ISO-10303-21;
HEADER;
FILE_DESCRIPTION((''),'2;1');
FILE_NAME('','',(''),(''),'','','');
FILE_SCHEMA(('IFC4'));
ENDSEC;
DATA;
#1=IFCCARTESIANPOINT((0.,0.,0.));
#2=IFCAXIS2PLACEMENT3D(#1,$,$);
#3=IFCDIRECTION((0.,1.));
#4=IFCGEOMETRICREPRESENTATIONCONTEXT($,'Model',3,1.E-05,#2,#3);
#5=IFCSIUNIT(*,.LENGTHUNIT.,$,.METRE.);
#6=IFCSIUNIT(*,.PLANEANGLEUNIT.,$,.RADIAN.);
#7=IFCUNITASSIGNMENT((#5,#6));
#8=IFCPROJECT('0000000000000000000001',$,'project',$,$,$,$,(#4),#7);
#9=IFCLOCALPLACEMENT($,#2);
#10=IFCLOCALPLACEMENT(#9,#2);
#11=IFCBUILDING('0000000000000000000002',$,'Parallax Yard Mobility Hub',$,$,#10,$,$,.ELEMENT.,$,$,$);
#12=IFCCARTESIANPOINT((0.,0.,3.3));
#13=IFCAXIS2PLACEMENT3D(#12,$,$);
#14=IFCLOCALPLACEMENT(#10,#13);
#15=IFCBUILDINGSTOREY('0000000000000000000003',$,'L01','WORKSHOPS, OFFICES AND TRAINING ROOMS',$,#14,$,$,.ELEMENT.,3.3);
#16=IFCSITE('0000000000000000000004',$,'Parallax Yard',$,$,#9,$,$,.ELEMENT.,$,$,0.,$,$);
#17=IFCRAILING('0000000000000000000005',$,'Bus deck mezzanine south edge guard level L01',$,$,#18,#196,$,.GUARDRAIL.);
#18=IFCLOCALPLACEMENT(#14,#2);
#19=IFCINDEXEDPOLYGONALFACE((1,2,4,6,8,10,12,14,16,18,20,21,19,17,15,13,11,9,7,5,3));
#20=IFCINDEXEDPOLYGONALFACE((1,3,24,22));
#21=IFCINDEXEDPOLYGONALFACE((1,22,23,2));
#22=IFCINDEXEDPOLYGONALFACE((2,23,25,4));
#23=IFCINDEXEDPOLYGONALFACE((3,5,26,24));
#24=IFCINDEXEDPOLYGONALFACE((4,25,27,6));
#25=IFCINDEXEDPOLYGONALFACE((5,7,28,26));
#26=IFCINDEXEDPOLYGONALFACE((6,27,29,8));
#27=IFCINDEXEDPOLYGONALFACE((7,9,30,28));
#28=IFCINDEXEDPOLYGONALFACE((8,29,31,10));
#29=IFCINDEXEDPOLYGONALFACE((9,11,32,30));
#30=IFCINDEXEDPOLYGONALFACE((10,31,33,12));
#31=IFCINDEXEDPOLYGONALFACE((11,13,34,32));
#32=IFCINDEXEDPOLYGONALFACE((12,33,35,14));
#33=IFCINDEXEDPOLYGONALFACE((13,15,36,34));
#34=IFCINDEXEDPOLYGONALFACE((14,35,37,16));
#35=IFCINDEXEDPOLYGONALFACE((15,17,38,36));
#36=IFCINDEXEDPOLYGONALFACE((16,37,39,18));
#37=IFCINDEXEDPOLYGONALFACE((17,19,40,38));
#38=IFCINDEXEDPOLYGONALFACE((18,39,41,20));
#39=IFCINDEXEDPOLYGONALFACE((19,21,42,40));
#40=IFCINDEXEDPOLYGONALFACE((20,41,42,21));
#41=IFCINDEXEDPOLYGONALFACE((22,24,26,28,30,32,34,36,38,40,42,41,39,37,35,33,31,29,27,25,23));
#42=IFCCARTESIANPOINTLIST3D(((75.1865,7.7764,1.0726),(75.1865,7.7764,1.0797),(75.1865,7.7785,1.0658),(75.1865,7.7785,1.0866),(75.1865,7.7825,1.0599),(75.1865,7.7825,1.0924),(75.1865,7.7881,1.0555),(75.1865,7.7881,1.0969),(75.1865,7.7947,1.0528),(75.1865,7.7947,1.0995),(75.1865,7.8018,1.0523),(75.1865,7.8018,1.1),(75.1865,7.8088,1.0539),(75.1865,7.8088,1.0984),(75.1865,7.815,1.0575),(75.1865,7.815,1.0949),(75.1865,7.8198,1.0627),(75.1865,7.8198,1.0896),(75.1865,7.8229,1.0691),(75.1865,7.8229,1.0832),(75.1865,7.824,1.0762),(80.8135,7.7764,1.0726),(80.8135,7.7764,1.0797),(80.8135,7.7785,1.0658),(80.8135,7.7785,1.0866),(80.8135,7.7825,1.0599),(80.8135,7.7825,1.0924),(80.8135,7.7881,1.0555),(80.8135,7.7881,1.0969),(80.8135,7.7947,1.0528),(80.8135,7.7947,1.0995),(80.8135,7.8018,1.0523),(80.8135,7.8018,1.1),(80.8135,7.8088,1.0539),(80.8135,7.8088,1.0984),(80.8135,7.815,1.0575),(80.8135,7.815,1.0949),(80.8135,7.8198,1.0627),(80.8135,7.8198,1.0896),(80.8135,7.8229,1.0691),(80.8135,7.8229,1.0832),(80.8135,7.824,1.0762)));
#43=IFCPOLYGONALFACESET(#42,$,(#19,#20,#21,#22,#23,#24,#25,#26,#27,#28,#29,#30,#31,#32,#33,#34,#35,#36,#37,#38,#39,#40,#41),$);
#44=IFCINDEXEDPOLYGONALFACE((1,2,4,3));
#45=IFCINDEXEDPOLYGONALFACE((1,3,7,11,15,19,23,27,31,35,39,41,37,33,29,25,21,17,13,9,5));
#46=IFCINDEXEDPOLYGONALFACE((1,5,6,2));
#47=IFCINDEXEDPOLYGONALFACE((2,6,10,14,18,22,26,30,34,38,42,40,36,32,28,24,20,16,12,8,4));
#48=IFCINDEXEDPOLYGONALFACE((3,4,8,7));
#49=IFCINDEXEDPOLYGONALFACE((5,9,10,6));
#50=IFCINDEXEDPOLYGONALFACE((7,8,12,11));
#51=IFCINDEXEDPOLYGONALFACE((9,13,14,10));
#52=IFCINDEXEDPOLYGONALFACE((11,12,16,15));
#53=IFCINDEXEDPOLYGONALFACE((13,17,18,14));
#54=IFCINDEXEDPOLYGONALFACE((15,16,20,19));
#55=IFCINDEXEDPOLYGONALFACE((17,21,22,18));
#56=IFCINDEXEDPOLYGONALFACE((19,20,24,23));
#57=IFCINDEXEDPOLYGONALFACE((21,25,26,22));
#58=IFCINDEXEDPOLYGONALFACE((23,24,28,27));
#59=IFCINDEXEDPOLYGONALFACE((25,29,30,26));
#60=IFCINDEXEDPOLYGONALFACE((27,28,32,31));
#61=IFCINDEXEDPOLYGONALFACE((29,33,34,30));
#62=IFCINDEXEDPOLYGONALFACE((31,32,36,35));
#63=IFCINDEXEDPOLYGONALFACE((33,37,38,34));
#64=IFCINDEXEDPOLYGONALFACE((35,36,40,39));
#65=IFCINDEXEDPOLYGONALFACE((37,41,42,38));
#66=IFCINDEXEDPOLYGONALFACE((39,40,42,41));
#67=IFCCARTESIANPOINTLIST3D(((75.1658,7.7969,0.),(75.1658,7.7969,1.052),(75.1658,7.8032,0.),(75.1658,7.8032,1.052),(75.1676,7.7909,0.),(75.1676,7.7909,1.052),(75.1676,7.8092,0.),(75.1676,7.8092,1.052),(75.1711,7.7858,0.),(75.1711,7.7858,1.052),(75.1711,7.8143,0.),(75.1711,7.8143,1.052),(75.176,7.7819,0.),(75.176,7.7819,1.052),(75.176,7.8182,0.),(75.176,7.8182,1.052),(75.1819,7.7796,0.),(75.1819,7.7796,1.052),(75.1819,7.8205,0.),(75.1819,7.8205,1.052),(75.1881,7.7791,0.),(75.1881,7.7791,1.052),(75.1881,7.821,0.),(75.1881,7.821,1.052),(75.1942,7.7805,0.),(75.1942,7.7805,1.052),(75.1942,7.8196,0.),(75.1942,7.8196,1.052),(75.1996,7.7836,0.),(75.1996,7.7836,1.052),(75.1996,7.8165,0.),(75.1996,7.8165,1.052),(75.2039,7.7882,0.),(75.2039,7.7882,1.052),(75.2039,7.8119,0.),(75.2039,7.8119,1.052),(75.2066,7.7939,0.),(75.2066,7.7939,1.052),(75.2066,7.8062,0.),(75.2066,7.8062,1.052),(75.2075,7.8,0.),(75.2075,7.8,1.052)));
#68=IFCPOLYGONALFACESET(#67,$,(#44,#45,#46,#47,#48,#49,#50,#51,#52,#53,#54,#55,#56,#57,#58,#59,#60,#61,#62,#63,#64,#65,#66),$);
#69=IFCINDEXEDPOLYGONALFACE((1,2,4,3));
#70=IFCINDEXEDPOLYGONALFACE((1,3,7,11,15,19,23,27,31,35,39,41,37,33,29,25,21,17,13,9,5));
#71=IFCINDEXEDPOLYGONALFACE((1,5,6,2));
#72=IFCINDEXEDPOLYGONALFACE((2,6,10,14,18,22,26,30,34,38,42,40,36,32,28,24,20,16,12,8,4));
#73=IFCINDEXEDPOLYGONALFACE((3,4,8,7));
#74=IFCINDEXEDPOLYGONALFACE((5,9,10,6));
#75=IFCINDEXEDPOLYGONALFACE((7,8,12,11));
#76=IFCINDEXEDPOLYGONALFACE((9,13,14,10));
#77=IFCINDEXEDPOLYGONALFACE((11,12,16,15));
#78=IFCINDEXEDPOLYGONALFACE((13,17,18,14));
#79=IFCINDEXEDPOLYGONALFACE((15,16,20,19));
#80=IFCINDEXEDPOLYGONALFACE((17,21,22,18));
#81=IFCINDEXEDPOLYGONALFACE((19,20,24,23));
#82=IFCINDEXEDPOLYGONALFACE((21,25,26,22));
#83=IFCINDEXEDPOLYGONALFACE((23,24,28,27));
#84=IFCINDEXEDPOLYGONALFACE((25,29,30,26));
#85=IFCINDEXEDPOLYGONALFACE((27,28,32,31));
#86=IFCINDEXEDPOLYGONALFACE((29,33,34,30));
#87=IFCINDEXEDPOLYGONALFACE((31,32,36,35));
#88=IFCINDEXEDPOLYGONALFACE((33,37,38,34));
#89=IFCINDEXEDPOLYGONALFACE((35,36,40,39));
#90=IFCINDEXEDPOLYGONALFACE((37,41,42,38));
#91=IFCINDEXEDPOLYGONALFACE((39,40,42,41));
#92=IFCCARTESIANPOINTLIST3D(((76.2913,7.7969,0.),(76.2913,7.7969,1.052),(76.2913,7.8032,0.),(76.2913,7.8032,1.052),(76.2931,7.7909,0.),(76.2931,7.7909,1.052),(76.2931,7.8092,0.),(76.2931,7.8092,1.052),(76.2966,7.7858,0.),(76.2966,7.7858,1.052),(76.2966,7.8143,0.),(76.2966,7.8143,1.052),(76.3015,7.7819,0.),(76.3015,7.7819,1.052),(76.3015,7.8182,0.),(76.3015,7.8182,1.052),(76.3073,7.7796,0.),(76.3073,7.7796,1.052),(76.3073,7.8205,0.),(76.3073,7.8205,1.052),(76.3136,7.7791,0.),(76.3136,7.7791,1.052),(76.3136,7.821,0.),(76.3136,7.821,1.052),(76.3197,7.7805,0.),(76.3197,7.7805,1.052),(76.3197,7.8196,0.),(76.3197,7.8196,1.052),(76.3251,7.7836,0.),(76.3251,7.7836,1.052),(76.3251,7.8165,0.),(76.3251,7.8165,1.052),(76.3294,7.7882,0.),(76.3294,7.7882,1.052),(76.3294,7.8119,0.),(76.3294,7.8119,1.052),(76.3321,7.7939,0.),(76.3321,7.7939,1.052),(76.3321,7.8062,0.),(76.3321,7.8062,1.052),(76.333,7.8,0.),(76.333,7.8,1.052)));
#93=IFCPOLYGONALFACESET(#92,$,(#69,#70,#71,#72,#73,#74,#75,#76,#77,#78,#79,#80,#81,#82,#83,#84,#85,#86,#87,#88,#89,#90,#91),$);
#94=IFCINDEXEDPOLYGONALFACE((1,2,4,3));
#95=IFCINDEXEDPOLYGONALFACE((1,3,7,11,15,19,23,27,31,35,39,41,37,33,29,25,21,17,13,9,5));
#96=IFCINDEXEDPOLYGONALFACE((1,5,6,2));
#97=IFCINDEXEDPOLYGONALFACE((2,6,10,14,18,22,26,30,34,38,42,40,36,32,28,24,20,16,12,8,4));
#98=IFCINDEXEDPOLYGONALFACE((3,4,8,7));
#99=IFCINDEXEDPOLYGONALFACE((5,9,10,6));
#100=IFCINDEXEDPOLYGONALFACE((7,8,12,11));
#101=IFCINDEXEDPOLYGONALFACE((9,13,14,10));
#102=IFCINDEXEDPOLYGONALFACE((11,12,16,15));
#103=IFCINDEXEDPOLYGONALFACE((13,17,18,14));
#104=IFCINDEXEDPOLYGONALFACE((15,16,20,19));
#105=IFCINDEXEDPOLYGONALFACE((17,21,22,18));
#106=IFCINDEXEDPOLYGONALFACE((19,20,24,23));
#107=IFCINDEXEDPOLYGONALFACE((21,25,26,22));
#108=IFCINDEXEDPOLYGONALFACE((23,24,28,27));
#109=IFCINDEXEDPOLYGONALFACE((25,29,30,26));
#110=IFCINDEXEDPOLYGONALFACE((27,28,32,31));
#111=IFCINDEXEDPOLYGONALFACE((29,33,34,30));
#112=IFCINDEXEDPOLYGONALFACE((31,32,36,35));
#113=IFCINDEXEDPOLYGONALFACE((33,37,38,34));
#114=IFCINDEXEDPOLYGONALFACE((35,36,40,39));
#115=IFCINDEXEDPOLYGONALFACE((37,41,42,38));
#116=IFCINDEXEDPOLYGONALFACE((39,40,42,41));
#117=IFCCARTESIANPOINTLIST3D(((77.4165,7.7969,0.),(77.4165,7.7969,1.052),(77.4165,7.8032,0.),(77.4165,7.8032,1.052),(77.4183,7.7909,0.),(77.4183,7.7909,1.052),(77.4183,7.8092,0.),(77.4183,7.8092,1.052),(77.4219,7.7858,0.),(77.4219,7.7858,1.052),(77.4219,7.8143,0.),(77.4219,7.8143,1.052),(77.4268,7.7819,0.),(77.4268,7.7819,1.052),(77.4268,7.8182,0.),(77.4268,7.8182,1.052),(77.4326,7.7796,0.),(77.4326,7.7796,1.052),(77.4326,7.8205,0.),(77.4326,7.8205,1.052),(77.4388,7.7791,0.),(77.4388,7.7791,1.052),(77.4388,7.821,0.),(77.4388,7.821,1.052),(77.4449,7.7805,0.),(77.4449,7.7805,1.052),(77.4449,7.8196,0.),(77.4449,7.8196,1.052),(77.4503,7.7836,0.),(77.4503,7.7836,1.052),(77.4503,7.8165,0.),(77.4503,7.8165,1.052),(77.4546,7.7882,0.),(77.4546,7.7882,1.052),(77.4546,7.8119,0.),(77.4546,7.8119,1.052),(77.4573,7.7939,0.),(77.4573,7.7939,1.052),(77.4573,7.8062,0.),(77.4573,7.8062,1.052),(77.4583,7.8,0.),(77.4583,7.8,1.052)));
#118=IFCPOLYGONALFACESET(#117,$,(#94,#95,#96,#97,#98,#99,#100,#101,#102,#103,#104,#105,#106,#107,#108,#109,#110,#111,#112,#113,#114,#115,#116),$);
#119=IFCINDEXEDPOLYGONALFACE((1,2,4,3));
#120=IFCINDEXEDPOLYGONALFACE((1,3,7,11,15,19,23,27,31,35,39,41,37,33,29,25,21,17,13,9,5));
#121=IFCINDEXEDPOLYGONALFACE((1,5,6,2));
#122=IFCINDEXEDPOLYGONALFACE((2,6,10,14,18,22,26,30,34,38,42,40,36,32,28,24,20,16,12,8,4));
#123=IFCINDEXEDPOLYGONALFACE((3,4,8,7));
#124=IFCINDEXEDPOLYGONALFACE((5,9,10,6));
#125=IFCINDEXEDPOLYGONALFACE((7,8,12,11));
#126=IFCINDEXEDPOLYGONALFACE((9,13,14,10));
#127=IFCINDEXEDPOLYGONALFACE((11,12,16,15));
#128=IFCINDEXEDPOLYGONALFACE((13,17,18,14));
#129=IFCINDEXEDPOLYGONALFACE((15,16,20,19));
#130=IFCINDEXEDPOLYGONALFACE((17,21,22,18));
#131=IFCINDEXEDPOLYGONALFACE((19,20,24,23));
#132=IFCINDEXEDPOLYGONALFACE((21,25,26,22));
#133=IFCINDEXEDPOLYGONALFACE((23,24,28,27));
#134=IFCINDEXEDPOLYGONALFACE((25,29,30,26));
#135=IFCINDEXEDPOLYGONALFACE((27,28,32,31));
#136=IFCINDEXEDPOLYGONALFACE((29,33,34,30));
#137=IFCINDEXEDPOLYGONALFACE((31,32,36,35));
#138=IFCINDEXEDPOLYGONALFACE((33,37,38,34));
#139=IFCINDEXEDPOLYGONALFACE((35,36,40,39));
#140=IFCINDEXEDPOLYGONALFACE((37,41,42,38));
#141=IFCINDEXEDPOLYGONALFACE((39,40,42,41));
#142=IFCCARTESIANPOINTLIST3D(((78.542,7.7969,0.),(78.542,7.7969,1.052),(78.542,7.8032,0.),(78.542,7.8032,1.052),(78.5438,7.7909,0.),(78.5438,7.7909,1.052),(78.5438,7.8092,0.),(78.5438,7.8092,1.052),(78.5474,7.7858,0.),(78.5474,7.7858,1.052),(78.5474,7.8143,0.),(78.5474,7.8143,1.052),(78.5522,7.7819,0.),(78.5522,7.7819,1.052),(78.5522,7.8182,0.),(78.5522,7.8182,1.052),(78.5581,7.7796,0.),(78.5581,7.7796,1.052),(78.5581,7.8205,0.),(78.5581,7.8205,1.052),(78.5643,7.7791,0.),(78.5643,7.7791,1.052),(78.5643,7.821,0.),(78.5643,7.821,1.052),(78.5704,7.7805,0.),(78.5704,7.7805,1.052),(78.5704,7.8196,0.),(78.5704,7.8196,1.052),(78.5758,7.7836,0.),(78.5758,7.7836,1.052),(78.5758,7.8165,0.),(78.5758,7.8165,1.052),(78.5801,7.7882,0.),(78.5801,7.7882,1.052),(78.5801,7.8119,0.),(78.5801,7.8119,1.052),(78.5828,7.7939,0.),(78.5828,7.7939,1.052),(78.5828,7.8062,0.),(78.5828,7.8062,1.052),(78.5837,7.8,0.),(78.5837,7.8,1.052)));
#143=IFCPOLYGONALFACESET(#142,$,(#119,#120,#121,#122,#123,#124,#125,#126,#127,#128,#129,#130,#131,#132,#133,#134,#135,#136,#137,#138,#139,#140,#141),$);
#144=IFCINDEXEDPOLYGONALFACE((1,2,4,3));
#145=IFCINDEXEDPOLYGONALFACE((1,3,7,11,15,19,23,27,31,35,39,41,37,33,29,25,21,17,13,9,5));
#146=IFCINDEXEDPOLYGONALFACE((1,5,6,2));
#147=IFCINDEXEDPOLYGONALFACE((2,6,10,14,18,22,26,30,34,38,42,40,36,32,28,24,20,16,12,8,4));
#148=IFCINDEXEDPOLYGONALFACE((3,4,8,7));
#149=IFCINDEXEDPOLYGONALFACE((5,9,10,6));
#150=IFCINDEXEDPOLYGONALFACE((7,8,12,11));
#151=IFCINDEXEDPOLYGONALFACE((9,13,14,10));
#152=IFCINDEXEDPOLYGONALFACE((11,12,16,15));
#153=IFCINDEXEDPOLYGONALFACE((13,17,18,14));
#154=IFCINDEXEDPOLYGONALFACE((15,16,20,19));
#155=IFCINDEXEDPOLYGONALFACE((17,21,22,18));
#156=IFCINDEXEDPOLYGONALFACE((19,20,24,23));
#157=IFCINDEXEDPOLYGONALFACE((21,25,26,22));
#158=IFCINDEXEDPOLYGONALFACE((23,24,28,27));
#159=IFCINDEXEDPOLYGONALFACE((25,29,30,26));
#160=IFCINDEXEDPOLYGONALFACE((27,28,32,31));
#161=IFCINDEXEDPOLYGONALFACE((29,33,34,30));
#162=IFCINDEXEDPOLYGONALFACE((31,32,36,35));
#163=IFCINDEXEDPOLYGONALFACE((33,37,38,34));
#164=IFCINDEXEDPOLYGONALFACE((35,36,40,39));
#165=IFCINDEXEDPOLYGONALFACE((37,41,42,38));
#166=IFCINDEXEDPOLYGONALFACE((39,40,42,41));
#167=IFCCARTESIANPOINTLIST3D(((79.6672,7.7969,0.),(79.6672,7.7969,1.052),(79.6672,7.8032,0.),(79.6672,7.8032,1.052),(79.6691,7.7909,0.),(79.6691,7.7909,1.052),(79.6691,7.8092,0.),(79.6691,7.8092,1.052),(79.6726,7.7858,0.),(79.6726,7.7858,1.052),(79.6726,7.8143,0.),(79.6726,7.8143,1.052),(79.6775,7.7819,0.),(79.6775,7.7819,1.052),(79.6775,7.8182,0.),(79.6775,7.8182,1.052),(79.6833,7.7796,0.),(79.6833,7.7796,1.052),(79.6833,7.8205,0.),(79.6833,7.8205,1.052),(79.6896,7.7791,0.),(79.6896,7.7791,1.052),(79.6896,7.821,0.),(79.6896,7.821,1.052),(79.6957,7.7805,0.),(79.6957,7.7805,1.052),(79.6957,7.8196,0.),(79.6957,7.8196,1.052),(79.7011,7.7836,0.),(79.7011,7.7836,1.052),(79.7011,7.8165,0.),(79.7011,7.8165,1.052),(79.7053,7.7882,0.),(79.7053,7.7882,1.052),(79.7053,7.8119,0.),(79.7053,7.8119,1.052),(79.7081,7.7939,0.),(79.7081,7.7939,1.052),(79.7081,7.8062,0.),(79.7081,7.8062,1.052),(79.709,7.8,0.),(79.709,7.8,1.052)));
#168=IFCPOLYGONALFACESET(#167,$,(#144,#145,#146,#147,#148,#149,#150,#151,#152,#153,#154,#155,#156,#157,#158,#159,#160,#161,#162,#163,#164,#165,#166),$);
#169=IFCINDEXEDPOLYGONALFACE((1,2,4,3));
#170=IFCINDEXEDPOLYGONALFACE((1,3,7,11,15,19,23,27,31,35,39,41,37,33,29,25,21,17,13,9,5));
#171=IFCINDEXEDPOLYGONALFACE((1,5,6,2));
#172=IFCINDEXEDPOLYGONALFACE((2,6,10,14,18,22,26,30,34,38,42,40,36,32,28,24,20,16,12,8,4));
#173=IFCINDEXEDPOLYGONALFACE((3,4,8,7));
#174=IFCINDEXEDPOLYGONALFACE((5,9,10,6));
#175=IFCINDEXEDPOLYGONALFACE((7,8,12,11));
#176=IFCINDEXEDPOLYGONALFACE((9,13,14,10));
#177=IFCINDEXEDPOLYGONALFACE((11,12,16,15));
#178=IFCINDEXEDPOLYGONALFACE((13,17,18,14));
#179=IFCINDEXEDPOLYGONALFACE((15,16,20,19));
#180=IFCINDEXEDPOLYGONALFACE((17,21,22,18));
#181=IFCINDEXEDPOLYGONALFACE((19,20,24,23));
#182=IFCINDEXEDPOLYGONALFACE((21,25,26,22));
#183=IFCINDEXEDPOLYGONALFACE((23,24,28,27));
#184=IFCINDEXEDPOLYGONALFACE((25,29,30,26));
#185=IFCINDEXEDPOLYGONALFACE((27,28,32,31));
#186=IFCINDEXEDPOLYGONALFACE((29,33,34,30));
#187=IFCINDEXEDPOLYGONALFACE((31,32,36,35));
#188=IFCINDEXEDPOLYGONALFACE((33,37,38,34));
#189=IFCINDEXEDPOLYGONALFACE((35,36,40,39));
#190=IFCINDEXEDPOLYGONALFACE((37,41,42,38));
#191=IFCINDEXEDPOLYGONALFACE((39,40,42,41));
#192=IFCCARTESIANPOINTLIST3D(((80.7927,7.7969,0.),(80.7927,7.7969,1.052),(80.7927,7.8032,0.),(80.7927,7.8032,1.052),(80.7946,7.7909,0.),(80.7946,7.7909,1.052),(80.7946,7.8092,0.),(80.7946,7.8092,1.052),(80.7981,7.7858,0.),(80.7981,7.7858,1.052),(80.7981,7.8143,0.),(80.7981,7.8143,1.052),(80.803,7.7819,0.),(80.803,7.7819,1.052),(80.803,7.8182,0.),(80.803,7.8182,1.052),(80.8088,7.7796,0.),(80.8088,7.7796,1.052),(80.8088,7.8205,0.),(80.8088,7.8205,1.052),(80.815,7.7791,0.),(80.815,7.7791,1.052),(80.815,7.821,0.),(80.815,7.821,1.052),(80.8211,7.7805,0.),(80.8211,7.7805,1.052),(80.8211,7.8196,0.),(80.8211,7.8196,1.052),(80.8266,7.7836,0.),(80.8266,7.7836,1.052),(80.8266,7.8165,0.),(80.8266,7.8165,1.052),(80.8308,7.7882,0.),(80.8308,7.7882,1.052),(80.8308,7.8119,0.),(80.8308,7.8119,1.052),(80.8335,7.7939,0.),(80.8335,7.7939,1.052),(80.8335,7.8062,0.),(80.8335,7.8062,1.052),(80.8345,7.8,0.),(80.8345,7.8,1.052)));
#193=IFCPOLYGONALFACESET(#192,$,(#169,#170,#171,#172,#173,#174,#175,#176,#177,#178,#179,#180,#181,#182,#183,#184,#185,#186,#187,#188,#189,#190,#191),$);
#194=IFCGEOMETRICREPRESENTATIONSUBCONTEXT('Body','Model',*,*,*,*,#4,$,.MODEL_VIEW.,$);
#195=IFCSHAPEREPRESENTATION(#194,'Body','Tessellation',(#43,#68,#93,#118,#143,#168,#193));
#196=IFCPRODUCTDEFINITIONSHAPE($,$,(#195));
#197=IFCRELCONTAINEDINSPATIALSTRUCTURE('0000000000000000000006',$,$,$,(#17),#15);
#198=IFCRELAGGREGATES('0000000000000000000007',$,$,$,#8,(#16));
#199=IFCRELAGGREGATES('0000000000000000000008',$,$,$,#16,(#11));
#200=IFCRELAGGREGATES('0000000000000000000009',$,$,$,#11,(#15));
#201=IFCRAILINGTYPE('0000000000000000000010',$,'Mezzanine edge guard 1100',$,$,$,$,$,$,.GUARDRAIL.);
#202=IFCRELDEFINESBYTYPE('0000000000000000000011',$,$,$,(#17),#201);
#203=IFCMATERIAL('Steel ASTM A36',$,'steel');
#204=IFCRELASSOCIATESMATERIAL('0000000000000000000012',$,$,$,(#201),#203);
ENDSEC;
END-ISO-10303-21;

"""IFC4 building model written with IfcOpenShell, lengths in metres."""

from ifc_helpers import new_model, si_unit, direction, frame, origin, origin_2d, place, context, subcontext, project, spatial, circle, extrude, material, type_object, element, save


model = new_model("IFC4")

# Units and contexts
model_context = context("Model", 3, precision=1e-05, world=origin(), true_north=direction((0.0, 1.0)))
body_context = subcontext(model_context, "Body", "Model", "MODEL_VIEW")
ifc_project = project(units=[si_unit("LENGTHUNIT", "METRE"), si_unit("PLANEANGLEUNIT", "RADIAN")], contexts=[model_context])

# Site, building, storey
site_placement = place(None, origin())
site = spatial("IfcSite", under=ifc_project, at=site_placement, Name="Parallax Yard", CompositionType="ELEMENT", RefElevation=0.0)
building_placement = place(site_placement, origin())
building = spatial("IfcBuilding", under=site, at=building_placement, Name="Parallax Yard Mobility Hub", CompositionType="ELEMENT")
storey_placement = place(building_placement, frame((0.0, 0.0, 3.3)))
storey = spatial("IfcBuildingStorey", under=building, at=storey_placement, Name="L01", Description="WORKSHOPS, OFFICES AND TRAINING ROOMS", CompositionType="ELEMENT", Elevation=3.3)

# Railing
ifc_material_1 = material(Name="Steel ASTM A36", Category="steel")
railing_type = type_object("IfcRailingType", Name="Mezzanine edge guard 1100", PredefinedType="GUARDRAIL", material=ifc_material_1)
railing_1_placement = place(storey_placement, frame((75.1865, 7.8, 0.0)))
element("IfcRailing", 1, at=railing_1_placement, inside=storey, type_object=railing_type, Name="Bus deck mezzanine south edge guard level L01", PredefinedType="GUARDRAIL", context=body_context, shape_type="SweptSolid", body=[
    extrude(circle(Radius=0.0239, at=origin_2d()), frame((0.0, 0.0, 1.0762), z_axis=(1.0, 0.0, 0.0), x_axis=(0.0, 1.0, 0.0)), (0.0, 0.0, 1.0), 5.627),
    extrude(circle(Radius=0.021, at=origin_2d()), origin(), (0.0, 0.0, 1.0), 1.052),
    extrude(circle(Radius=0.021, at=origin_2d()), frame((1.1255, 0.0, 0.0)), (0.0, 0.0, 1.0), 1.052),
    extrude(circle(Radius=0.021, at=origin_2d()), frame((2.2507, 0.0, 0.0)), (0.0, 0.0, 1.0), 1.052),
    extrude(circle(Radius=0.021, at=origin_2d()), frame((3.3762, 0.0, 0.0)), (0.0, 0.0, 1.0), 1.052),
    extrude(circle(Radius=0.021, at=origin_2d()), frame((4.5015, 0.0, 0.0)), (0.0, 0.0, 1.0), 1.052),
    extrude(circle(Radius=0.021, at=origin_2d()), frame((5.627, 0.0, 0.0)), (0.0, 0.0, 1.0), 1.052),
])

save(model, "model.ifc")
